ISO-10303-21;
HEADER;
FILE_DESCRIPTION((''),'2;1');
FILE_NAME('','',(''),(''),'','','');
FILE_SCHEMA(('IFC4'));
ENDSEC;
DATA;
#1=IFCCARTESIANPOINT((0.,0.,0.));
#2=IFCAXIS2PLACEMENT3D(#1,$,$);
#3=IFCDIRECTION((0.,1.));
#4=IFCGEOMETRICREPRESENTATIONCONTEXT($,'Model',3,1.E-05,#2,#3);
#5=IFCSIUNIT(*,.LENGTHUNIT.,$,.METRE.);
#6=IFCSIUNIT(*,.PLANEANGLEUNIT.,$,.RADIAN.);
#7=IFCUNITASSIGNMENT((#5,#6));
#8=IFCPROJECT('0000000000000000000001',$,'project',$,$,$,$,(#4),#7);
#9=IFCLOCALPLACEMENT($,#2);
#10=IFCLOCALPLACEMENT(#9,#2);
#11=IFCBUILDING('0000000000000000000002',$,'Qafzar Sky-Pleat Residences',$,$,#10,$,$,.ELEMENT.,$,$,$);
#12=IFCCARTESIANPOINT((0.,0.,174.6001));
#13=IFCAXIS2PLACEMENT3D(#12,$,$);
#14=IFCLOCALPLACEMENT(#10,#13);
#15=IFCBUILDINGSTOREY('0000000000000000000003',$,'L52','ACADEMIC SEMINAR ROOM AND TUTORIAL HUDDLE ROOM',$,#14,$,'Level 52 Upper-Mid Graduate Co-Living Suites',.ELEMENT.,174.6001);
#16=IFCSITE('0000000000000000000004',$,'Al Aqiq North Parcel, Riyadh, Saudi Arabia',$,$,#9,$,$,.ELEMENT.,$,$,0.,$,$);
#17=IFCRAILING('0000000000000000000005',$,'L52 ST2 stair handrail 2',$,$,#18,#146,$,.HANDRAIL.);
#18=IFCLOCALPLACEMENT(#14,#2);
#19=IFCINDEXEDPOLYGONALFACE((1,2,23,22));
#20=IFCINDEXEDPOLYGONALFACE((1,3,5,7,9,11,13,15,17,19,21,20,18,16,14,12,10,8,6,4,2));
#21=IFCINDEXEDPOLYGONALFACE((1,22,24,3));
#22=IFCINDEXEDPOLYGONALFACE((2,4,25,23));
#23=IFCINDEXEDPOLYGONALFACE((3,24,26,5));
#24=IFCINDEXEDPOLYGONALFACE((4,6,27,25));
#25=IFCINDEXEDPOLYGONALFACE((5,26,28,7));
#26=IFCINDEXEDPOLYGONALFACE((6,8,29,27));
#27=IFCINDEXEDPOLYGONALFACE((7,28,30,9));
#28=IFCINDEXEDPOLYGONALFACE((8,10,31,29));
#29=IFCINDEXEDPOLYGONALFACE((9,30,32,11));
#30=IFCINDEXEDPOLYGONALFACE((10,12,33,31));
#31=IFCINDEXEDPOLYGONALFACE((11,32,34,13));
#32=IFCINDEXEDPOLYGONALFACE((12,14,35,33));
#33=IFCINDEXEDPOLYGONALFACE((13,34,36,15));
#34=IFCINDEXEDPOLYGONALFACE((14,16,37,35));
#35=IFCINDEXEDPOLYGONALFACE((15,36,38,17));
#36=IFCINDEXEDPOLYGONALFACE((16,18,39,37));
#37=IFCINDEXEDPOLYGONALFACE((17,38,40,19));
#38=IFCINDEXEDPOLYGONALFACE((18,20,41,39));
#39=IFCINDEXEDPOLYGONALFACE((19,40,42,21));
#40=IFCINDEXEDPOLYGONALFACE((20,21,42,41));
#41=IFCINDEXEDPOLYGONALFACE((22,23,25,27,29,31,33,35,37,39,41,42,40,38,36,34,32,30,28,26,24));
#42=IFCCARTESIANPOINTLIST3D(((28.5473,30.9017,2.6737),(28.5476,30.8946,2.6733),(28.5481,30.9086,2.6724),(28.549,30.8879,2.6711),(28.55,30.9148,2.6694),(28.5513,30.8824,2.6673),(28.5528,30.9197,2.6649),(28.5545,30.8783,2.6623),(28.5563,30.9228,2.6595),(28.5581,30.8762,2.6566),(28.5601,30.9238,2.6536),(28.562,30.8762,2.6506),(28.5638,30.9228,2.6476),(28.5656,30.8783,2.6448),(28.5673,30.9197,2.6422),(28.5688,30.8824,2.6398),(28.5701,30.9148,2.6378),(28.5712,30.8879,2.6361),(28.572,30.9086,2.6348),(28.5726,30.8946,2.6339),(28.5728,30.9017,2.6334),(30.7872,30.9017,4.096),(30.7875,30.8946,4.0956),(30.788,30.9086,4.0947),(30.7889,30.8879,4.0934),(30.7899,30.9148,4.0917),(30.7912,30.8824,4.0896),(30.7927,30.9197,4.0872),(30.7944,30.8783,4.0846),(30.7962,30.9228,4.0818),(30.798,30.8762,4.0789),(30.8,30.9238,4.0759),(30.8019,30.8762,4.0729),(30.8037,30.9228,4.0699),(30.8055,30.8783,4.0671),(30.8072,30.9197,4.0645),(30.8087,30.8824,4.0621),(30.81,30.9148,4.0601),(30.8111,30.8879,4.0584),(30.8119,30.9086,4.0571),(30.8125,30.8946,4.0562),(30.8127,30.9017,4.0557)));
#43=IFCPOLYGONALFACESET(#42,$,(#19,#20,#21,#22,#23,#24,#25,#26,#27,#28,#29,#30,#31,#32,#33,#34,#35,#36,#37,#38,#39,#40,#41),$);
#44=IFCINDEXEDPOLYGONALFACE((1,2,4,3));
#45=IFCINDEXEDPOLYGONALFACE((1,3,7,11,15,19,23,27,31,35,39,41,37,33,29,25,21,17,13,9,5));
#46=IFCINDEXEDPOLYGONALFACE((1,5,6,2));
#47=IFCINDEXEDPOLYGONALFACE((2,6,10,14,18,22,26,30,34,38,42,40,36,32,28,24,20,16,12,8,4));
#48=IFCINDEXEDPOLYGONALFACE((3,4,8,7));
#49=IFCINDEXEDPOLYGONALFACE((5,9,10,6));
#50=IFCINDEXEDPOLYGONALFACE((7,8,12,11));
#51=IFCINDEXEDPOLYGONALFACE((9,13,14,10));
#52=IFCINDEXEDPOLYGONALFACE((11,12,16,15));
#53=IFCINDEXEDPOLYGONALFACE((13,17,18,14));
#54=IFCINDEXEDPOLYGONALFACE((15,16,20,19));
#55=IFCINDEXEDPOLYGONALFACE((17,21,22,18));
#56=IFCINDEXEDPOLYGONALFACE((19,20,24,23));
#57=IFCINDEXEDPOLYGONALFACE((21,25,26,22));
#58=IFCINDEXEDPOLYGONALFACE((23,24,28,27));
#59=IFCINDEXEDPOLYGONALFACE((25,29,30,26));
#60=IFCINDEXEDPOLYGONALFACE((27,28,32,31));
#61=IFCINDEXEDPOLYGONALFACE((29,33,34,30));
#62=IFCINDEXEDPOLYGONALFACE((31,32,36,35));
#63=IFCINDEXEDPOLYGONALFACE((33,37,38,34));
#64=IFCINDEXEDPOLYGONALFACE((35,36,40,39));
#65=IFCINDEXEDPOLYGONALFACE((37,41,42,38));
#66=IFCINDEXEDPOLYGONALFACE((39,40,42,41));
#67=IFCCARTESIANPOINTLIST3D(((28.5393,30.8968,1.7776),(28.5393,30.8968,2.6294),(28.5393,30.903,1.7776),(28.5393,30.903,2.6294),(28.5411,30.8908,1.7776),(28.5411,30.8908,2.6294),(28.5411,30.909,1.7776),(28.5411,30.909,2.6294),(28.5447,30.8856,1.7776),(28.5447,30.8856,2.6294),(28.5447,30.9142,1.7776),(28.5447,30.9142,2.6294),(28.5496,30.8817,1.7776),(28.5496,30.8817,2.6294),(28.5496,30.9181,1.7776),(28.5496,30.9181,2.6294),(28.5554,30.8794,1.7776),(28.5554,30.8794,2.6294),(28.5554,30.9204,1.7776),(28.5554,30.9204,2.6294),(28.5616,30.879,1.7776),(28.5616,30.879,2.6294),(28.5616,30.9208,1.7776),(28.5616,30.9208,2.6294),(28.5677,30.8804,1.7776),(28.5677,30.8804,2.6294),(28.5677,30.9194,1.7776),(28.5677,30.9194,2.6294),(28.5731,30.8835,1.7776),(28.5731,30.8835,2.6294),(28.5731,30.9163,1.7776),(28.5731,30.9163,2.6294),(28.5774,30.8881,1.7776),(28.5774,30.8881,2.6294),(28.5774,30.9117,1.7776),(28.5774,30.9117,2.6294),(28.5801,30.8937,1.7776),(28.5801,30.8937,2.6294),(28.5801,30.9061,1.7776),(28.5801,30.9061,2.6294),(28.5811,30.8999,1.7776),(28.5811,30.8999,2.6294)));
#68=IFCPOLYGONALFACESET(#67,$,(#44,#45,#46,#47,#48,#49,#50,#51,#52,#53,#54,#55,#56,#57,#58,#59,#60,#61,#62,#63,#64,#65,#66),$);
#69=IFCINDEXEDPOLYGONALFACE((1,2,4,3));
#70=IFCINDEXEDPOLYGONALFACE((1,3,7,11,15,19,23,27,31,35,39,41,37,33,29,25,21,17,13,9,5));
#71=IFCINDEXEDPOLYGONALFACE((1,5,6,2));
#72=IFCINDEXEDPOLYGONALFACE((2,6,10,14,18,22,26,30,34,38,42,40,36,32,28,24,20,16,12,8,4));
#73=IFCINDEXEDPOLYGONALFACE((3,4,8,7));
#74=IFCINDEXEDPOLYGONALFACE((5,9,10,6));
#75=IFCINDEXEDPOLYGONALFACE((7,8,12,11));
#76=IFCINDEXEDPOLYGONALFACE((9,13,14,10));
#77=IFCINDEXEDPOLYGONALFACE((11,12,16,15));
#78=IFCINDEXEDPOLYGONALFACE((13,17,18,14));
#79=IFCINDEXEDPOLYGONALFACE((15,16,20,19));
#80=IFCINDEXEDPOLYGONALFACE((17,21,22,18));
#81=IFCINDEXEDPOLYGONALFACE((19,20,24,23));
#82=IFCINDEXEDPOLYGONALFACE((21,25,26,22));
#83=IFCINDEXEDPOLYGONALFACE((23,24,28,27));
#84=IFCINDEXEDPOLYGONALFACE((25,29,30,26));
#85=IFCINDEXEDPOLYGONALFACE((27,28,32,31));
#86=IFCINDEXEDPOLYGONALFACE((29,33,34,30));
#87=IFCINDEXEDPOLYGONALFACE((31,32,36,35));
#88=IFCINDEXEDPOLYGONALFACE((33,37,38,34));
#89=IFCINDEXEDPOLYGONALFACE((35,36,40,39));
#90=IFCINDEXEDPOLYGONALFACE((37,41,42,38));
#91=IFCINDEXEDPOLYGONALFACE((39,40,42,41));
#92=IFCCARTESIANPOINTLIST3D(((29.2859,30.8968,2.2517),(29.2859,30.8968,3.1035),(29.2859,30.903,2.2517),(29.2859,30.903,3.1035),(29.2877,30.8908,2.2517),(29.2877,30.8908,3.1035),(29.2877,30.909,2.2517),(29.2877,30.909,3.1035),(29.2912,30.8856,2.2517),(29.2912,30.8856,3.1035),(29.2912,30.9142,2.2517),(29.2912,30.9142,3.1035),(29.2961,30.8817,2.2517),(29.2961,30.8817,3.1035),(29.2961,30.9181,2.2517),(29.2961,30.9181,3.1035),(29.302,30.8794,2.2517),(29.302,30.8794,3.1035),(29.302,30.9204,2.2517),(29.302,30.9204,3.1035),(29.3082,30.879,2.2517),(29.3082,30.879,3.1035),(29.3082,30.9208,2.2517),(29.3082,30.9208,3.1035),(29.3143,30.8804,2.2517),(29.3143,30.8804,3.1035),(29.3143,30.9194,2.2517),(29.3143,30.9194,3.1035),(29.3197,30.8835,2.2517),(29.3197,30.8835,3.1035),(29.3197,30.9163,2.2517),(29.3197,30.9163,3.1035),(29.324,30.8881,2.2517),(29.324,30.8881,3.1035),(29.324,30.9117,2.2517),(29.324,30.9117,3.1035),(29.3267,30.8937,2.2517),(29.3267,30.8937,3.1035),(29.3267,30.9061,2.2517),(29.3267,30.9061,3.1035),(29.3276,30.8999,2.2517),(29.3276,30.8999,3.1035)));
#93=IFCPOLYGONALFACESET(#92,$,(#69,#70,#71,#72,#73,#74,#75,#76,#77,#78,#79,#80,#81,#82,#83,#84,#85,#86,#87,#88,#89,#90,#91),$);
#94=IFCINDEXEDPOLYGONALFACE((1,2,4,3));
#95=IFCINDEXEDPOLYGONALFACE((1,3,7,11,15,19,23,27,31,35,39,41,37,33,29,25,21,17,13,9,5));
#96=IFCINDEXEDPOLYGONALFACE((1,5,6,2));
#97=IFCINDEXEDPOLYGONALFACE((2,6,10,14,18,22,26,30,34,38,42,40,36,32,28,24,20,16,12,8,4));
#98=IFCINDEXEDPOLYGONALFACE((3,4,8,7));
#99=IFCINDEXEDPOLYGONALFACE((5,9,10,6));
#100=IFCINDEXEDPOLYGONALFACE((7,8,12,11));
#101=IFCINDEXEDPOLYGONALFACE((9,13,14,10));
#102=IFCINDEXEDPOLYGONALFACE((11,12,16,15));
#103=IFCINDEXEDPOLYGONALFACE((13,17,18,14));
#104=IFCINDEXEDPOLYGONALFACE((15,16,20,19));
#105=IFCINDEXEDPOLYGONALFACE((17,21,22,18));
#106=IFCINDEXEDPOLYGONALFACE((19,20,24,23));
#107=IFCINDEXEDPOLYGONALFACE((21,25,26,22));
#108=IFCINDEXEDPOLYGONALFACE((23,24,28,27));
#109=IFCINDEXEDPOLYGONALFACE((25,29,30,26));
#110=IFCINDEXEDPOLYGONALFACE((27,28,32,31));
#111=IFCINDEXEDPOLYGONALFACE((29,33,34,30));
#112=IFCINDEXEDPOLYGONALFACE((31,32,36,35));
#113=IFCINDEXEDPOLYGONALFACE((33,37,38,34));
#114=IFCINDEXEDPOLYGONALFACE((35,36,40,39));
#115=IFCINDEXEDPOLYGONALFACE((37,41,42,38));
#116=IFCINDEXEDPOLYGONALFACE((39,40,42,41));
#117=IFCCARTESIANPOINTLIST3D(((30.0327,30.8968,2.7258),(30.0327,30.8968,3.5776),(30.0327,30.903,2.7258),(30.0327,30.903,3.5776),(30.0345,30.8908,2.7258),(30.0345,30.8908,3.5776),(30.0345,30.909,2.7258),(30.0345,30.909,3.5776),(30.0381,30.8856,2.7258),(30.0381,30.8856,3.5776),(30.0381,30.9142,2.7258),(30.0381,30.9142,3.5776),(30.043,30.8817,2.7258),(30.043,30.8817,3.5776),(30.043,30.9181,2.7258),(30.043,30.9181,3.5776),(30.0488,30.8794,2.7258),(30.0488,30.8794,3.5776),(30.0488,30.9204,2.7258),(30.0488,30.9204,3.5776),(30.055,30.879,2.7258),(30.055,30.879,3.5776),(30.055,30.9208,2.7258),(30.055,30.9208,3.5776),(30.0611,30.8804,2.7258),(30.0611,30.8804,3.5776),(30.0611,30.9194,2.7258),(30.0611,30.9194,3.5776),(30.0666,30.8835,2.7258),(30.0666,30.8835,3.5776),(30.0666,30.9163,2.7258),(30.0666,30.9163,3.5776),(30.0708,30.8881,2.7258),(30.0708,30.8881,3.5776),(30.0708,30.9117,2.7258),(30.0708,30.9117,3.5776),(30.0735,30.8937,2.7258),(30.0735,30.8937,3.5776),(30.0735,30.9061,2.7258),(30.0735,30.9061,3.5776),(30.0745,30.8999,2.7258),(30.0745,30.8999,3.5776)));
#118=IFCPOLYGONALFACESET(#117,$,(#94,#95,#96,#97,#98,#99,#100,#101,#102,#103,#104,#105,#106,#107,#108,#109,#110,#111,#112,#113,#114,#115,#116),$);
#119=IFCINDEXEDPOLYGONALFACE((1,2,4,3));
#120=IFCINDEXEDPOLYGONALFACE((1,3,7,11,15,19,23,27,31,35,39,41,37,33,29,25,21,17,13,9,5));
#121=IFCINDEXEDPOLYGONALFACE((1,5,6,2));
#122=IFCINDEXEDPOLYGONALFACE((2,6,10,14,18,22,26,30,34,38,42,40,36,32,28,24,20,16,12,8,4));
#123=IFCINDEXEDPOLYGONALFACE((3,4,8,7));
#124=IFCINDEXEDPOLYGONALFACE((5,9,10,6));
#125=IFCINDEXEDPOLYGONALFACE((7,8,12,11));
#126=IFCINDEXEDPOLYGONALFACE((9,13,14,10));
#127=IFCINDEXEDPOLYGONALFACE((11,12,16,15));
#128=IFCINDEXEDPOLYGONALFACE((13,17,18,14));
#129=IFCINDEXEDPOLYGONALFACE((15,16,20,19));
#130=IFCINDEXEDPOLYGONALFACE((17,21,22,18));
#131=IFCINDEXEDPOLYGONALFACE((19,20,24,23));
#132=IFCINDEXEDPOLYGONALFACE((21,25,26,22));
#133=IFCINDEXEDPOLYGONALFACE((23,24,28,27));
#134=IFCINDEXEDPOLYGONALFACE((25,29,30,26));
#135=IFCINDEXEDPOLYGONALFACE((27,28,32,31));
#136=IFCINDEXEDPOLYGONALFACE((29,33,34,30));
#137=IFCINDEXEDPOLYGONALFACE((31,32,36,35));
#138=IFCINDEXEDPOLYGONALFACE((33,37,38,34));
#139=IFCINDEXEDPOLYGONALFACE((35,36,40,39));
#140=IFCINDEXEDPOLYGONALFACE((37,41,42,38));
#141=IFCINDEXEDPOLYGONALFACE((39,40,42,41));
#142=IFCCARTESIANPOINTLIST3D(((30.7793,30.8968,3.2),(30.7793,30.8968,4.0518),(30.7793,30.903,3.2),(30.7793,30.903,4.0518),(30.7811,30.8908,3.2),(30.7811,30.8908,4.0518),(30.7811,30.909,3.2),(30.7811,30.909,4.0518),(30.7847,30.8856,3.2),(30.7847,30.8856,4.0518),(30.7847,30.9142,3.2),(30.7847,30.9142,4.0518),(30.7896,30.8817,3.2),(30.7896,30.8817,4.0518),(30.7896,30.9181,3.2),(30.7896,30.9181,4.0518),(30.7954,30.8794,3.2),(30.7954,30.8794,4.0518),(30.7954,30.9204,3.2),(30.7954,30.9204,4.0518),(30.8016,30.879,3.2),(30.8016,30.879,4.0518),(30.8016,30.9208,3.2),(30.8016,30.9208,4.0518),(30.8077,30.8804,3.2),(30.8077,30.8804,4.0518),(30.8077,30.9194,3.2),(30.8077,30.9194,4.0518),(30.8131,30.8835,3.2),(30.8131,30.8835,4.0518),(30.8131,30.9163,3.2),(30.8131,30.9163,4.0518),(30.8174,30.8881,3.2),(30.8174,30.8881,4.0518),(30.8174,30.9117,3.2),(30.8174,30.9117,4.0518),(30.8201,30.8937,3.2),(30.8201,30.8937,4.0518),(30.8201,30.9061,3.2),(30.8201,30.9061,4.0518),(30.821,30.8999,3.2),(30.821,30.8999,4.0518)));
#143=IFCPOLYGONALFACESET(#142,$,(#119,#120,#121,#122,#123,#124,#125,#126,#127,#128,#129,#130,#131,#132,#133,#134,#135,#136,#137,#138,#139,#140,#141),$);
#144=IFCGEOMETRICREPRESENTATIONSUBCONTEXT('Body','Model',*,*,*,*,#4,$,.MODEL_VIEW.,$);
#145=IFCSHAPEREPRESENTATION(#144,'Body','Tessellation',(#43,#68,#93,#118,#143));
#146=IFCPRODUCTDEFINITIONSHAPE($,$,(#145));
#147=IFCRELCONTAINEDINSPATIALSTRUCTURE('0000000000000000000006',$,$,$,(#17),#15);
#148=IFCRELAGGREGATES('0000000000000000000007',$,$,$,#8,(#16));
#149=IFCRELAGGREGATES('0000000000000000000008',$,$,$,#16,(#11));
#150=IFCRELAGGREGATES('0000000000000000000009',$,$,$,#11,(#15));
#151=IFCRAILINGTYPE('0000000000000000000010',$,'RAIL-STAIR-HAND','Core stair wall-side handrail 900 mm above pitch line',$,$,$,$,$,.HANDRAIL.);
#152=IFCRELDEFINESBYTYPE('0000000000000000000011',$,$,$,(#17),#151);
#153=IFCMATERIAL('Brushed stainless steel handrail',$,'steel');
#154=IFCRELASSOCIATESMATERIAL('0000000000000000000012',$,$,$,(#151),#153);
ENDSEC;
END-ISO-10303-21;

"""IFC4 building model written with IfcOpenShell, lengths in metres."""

from ifc_helpers import new_model, si_unit, direction, frame, origin, origin_2d, place, context, subcontext, project, spatial, circle, extrude, source, transform, mapped, material, type_object, element, save


model = new_model("IFC4")

# Units and contexts
model_context = context("Model", 3, precision=1e-05, world=origin(), true_north=direction((0.0, 1.0)))
body_context = subcontext(model_context, "Body", "Model", "MODEL_VIEW")
ifc_project = project(units=[si_unit("LENGTHUNIT", "METRE"), si_unit("PLANEANGLEUNIT", "RADIAN")], contexts=[model_context])

# Site, building, storey
site_placement = place(None, origin())
site = spatial("IfcSite", under=ifc_project, at=site_placement, Name="Al Aqiq North Parcel, Riyadh, Saudi Arabia", CompositionType="ELEMENT", RefElevation=0.0)
building_placement = place(site_placement, origin())
building = spatial("IfcBuilding", under=site, at=building_placement, Name="Qafzar Sky-Pleat Residences", CompositionType="ELEMENT")
storey_placement = place(building_placement, frame((0.0, 0.0, 174.6001)))
storey = spatial("IfcBuildingStorey", under=building, at=storey_placement, Name="L52", Description="ACADEMIC SEMINAR ROOM AND TUTORIAL HUDDLE ROOM", LongName="Level 52 Upper-Mid Graduate Co-Living Suites", CompositionType="ELEMENT", Elevation=174.6001)

# Railing
ifc_material_1 = material(Name="Brushed stainless steel handrail", Category="steel")
railing_type_1 = type_object("IfcRailingType", Name="RAIL-STAIR-HAND", Description="Core stair wall-side handrail 900 mm above pitch line", PredefinedType="HANDRAIL", material=ifc_material_1)
shared_shape_1 = source(origin(), body_context, "Body", "SweptSolid", [
    extrude(circle(Radius=0.0239, at=origin_2d()), frame((0.0, 0.0, 0.876), z_axis=(0.844188, 0.0, 0.536048), x_axis=(0.0, 1.0, 0.0)), (0.0, 0.0, 1.0), 2.6533),
    extrude(circle(Radius=0.021, at=origin_2d()), origin(), (0.0, 0.0, 1.0), 0.8518),
    extrude(circle(Radius=0.021, at=origin_2d()), frame((0.7466, 0.0, 0.4741)), (0.0, 0.0, 1.0), 0.8518),
    extrude(circle(Radius=0.021, at=origin_2d()), frame((1.4934, 0.0, 0.9482)), (0.0, 0.0, 1.0), 0.8518),
    extrude(circle(Radius=0.021, at=origin_2d()), frame((2.24, 0.0, 1.4224)), (0.0, 0.0, 1.0), 0.8518),
])
railing_1_placement = place(storey_placement, frame((28.5601, 30.8999, 1.7776)))
element("IfcRailing", 1, at=railing_1_placement, inside=storey, type_object=railing_type_1, Name="L52 ST2 stair handrail 2", PredefinedType="HANDRAIL", context=body_context, shape_type="MappedRepresentation", body=[
    mapped(shared_shape_1, transform((0.0, 0.0, 0.0), x_axis=(1.0, 0.0, 0.0), y_axis=(0.0, 1.0, 0.0), z_axis=(0.0, 0.0, 1.0), scale=1.0)),
])

save(model, "model.ifc")
